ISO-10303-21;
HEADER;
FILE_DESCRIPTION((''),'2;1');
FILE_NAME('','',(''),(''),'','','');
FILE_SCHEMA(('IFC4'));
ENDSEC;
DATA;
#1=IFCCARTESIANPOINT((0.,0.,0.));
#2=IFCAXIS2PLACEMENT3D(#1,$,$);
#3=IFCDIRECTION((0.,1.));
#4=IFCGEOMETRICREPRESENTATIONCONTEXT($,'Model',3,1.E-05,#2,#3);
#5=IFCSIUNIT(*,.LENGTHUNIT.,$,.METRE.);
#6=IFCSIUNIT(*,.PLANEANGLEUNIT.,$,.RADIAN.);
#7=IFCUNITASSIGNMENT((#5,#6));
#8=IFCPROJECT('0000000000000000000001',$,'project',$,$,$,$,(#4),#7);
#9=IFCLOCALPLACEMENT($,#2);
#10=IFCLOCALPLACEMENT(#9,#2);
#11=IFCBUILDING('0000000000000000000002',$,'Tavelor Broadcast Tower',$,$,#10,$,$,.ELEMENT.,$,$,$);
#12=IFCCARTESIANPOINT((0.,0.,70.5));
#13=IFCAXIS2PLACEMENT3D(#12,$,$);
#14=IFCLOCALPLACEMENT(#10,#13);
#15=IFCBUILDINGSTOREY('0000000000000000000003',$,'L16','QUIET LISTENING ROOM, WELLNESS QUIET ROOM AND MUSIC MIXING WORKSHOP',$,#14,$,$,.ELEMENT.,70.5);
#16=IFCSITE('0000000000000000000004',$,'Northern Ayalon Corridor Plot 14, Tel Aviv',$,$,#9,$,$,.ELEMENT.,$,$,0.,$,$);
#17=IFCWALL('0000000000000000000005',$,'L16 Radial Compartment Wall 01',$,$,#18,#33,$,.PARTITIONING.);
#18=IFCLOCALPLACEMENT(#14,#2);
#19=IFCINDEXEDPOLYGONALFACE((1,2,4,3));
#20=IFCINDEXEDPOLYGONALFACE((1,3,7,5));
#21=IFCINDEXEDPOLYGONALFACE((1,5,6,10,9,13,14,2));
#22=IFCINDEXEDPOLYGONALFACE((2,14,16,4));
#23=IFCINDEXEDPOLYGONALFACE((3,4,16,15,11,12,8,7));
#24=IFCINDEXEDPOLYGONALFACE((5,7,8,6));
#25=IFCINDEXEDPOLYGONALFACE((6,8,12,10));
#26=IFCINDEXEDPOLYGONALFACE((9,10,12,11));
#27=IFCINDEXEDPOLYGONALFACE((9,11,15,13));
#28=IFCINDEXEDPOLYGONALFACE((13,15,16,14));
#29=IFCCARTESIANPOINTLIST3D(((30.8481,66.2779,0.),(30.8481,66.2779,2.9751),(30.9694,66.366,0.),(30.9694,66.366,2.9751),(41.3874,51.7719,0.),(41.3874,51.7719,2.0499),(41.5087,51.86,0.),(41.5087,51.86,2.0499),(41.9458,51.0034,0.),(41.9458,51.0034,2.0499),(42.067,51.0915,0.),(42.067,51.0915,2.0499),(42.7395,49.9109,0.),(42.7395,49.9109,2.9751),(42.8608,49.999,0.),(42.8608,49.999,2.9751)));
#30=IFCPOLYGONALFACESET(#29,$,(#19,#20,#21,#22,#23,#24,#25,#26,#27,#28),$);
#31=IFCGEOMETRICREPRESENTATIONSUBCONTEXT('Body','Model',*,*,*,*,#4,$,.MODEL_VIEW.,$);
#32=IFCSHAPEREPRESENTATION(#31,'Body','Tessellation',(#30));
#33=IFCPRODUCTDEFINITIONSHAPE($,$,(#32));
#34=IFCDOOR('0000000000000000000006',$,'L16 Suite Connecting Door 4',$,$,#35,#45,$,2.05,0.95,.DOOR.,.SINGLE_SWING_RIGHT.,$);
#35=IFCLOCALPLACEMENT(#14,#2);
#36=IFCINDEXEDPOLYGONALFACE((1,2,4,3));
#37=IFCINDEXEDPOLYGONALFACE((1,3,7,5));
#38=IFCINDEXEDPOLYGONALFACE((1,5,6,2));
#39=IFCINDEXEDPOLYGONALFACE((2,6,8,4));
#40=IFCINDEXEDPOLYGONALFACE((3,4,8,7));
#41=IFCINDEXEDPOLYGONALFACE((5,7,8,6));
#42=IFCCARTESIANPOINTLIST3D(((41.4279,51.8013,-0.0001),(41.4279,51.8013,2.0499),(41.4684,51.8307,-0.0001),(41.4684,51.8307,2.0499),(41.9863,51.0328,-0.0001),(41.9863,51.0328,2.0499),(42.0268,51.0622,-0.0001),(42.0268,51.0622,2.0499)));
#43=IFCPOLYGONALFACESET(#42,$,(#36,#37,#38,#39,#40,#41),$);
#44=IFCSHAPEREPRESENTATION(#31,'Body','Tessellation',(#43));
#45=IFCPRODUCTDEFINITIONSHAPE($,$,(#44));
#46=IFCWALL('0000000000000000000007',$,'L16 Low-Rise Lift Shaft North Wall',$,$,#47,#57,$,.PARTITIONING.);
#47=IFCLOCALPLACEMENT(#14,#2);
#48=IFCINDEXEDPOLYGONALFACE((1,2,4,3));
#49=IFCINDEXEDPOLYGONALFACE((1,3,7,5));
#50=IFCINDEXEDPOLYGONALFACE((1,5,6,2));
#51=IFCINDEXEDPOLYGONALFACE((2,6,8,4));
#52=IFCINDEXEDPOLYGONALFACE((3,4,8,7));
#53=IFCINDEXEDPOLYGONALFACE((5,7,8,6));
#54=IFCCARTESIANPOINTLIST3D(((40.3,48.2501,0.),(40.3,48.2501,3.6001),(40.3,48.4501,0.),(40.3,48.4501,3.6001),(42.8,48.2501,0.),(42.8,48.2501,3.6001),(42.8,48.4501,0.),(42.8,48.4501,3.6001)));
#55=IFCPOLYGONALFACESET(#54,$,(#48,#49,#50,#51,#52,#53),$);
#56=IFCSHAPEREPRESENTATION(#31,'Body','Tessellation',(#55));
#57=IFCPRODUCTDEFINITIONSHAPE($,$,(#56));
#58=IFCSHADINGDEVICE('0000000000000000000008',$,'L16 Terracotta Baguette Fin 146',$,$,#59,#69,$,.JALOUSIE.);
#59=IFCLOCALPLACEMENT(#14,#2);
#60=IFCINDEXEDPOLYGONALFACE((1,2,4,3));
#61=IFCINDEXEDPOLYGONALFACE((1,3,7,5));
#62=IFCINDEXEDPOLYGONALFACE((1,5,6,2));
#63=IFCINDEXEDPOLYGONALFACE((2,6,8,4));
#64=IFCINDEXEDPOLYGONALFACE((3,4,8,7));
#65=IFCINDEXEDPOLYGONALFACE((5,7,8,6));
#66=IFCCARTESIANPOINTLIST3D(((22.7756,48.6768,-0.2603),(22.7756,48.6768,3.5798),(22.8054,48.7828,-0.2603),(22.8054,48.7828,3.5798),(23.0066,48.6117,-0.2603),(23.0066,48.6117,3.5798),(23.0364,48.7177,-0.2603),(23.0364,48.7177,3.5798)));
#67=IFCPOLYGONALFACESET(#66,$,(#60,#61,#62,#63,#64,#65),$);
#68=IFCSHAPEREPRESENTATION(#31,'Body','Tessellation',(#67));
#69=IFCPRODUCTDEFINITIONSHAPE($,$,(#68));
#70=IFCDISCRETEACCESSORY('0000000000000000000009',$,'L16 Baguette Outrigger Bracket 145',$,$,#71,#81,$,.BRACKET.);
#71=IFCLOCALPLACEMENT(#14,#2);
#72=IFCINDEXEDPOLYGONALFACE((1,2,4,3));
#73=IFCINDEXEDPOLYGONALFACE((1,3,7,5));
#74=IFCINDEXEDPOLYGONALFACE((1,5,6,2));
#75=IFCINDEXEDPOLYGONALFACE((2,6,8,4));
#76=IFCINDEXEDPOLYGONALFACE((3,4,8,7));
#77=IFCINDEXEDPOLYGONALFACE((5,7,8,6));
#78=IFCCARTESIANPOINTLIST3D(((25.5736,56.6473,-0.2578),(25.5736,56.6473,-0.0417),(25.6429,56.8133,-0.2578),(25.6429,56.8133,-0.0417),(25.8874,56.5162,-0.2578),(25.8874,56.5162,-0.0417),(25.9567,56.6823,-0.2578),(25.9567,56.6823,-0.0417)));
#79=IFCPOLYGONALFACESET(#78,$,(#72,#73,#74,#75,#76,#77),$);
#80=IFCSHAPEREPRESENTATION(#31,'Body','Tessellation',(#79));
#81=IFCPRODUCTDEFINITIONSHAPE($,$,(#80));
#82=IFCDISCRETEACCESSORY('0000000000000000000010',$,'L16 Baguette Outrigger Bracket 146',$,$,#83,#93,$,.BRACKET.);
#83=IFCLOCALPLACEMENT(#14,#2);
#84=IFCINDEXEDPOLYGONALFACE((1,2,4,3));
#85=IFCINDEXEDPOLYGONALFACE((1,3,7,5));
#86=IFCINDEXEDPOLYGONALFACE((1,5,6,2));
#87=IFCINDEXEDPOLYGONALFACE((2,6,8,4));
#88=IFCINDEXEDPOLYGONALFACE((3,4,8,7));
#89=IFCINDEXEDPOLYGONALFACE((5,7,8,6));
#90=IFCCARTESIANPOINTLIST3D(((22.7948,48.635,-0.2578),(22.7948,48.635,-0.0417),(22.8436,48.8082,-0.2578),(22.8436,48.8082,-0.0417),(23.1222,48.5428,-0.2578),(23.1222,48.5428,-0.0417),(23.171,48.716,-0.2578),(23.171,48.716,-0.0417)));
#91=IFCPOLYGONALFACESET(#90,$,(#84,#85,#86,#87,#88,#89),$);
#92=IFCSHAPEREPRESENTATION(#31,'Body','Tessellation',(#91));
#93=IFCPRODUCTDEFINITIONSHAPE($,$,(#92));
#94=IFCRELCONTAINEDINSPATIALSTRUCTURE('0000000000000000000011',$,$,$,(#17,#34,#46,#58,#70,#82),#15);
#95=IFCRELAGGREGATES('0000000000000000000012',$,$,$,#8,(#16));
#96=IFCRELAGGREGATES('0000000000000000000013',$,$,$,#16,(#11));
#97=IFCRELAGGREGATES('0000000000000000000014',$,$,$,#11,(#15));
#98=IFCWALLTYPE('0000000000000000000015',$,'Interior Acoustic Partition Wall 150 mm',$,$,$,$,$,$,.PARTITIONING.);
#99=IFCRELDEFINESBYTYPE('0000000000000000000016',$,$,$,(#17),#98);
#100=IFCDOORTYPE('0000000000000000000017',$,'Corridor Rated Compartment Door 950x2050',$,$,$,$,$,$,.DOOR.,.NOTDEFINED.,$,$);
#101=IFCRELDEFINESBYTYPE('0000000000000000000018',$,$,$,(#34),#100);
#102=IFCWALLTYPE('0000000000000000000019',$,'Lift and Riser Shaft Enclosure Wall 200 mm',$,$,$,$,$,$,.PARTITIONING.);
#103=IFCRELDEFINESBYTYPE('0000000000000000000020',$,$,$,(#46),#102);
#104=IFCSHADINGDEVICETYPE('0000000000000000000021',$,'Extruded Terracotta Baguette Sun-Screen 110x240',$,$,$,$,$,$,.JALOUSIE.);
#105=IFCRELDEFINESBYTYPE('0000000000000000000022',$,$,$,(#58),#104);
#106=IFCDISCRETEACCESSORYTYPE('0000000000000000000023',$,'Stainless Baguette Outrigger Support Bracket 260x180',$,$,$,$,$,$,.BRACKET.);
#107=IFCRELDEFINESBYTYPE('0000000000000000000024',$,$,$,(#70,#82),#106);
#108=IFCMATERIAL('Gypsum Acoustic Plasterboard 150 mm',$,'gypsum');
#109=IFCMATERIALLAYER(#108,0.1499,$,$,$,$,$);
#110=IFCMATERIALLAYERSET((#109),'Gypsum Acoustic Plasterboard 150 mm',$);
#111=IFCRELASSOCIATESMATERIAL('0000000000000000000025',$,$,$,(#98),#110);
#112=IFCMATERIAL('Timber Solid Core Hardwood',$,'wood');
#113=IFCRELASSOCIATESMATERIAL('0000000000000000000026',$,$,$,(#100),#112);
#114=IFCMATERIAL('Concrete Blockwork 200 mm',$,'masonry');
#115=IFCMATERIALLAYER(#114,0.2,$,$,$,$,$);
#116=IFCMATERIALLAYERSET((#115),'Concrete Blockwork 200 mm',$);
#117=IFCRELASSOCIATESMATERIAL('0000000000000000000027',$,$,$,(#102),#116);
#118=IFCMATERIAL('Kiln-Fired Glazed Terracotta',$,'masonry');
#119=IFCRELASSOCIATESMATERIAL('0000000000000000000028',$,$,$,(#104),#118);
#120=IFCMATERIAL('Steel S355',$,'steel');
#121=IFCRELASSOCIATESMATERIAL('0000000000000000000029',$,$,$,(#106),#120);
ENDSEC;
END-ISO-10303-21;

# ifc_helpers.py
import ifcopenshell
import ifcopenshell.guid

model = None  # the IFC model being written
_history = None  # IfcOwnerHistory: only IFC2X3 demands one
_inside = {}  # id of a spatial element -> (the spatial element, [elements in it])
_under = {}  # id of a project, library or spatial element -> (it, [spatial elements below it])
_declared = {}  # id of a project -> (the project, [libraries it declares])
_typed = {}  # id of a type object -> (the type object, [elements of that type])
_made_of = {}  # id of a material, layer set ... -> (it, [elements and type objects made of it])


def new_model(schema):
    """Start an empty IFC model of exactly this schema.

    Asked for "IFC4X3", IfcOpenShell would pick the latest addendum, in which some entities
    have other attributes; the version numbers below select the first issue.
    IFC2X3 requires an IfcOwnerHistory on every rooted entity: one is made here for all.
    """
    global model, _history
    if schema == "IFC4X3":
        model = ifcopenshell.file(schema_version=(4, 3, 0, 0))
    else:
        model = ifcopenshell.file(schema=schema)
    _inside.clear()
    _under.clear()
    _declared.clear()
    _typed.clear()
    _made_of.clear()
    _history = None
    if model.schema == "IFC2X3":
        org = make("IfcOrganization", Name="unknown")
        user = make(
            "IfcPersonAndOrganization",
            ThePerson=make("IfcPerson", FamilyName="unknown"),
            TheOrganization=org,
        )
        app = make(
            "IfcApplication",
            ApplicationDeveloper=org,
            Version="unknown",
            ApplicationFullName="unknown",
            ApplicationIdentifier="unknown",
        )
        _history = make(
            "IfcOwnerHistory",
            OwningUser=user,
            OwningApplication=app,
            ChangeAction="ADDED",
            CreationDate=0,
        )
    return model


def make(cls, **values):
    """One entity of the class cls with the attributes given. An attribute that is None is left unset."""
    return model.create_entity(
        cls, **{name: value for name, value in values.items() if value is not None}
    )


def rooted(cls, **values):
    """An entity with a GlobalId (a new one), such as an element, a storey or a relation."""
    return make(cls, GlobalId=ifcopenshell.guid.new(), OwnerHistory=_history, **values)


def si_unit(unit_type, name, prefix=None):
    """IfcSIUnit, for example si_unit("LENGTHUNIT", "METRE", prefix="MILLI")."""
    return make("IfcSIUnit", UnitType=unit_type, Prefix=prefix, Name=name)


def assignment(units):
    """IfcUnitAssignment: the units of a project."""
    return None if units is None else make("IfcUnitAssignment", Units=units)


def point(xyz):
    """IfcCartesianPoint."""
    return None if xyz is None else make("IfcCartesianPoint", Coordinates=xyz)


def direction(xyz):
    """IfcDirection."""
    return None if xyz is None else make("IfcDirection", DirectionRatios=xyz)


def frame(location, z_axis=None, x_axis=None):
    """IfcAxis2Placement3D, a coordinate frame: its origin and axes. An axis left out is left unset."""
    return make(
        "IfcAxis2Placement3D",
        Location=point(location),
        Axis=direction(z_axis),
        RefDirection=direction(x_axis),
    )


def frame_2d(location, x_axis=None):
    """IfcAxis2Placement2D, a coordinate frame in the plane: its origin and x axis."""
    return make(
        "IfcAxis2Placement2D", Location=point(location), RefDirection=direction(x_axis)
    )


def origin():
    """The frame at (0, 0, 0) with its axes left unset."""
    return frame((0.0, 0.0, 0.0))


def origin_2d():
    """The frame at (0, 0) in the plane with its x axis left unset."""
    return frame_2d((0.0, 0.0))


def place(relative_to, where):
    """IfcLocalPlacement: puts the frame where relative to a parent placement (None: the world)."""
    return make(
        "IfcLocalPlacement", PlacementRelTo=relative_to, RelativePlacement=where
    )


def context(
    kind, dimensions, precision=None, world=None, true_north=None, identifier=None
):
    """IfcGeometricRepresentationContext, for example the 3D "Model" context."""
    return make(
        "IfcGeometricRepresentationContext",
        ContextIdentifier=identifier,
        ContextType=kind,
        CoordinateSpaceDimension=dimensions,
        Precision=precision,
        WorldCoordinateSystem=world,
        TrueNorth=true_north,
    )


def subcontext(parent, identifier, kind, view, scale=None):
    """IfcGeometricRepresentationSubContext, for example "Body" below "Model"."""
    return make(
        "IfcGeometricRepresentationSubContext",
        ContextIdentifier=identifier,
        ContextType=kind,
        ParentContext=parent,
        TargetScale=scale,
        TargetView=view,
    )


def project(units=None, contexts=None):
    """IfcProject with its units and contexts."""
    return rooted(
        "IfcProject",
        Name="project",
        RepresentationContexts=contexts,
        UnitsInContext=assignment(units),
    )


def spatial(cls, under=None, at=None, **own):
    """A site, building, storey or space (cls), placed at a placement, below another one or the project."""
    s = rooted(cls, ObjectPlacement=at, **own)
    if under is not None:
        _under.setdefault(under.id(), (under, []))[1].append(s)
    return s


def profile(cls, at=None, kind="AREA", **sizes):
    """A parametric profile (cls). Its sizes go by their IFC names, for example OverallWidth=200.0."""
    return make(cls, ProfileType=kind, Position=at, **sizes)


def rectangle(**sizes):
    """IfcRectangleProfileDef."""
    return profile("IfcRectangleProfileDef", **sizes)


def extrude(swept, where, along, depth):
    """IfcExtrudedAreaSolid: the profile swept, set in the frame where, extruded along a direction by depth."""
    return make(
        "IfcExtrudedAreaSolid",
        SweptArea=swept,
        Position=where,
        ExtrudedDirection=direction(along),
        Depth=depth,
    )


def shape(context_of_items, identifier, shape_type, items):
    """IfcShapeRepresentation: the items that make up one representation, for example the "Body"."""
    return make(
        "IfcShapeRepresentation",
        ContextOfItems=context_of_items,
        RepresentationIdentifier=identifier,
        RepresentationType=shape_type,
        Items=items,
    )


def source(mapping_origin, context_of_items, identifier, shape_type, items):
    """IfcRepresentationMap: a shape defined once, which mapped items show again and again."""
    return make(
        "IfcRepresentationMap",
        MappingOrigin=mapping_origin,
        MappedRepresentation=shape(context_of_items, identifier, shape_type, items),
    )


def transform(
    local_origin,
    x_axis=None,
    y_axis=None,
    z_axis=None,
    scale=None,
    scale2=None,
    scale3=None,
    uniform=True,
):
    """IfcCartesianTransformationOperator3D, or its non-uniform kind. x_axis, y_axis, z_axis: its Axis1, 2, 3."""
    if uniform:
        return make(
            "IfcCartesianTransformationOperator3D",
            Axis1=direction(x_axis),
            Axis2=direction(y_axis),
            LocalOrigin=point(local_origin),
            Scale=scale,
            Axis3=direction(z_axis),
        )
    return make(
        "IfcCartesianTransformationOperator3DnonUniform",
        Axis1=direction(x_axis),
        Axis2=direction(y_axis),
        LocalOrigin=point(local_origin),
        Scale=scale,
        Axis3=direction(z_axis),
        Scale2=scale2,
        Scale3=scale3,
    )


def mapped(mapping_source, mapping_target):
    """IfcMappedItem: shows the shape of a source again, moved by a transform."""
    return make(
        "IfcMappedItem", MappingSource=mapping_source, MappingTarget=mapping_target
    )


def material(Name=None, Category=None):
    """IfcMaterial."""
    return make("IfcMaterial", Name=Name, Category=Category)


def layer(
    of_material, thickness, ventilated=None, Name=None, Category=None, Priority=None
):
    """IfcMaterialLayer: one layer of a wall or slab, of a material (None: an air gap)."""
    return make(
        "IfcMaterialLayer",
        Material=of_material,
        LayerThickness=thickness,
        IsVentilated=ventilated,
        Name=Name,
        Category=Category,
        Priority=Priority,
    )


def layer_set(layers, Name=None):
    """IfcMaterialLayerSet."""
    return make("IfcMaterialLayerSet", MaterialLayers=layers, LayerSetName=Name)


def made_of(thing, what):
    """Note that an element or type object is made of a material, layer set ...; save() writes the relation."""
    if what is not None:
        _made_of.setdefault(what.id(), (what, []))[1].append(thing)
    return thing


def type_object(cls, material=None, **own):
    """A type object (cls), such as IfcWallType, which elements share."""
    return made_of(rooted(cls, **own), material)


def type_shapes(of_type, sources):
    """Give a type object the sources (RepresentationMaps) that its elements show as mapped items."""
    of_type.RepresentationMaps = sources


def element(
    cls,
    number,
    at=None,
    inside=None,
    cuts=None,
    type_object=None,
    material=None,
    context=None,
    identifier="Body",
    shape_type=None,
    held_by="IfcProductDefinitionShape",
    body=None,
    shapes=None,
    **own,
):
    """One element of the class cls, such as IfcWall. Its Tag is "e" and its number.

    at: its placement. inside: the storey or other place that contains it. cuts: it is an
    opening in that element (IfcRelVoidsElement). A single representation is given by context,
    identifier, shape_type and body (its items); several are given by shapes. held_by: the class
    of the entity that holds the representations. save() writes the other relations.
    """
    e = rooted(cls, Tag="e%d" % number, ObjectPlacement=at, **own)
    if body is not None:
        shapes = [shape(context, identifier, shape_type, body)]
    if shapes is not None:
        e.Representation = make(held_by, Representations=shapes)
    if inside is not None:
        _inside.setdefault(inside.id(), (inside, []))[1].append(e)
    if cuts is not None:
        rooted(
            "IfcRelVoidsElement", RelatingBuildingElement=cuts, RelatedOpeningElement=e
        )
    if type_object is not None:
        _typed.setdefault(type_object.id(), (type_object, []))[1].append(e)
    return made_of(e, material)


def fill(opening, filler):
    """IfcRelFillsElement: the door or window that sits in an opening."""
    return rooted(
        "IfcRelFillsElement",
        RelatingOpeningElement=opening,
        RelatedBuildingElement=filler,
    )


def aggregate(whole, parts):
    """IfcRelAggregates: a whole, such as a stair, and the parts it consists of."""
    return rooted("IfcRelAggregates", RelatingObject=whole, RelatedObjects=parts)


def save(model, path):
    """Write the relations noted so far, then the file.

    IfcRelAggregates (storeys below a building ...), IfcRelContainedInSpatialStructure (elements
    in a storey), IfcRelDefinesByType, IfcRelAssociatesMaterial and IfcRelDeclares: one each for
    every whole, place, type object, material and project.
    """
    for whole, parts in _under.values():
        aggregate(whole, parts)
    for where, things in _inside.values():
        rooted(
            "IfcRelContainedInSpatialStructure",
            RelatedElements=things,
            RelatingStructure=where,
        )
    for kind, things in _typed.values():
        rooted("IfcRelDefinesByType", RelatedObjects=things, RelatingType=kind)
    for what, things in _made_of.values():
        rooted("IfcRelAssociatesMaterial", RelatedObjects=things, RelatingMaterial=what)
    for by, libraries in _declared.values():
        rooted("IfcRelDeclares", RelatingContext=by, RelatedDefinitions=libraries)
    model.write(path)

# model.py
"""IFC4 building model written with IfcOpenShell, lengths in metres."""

from ifc_helpers import new_model, si_unit, direction, frame, frame_2d, origin, origin_2d, place, context, subcontext, project, spatial, rectangle, extrude, source, transform, mapped, material, layer, layer_set, type_object, type_shapes, element, fill, save


model = new_model("IFC4")

# Units and contexts
model_context = context("Model", 3, precision=1e-05, world=origin(), true_north=direction((0.0, 1.0)))
body_context = subcontext(model_context, "Body", "Model", "MODEL_VIEW")
ifc_project = project(units=[si_unit("LENGTHUNIT", "METRE"), si_unit("PLANEANGLEUNIT", "RADIAN")], contexts=[model_context])

# Site, building, storey
site_placement = place(None, origin())
site = spatial("IfcSite", under=ifc_project, at=site_placement, Name="Northern Ayalon Corridor Plot 14, Tel Aviv", CompositionType="ELEMENT", RefElevation=0.0)
building_placement = place(site_placement, origin())
building = spatial("IfcBuilding", under=site, at=building_placement, Name="Tavelor Broadcast Tower", CompositionType="ELEMENT")
storey_placement = place(building_placement, frame((0.0, 0.0, 70.5)))
storey = spatial("IfcBuildingStorey", under=building, at=storey_placement, Name="L16", Description="QUIET LISTENING ROOM, WELLNESS QUIET ROOM AND MUSIC MIXING WORKSHOP", CompositionType="ELEMENT", Elevation=70.5)

# Shared definitions
ifc_material_1 = material(Name="Steel S355", Category="steel")

# Wall, opening, door
ifc_material_2 = material(Name="Gypsum Acoustic Plasterboard 150 mm", Category="gypsum")
ifc_layer_1 = layer(ifc_material_2, 0.1499)
ifc_layer_set_1 = layer_set([ifc_layer_1], Name="Gypsum Acoustic Plasterboard 150 mm")
wall_type_1 = type_object("IfcWallType", Name="Interior Acoustic Partition Wall 150 mm", PredefinedType="PARTITIONING", material=ifc_layer_set_1)
wall_1_placement = place(storey_placement, frame((42.8, 49.9551, 0.0), z_axis=(0.0, 0.0, 1.0), x_axis=(-0.587788, 0.809015, 0.0)))
wall_1 = element("IfcWall", 1, at=wall_1_placement, inside=storey, type_object=wall_type_1, Name="L16 Radial Compartment Wall 01", PredefinedType="PARTITIONING", context=body_context, shape_type="SweptSolid", body=[
    extrude(rectangle(XDim=20.2307, YDim=0.1499, at=frame_2d((10.1152, 0.0))), origin(), (0.0, 0.0, 1.0), 2.9751),
])
opening_1_placement = place(wall_1_placement, frame((1.3501, 0.0, 0.0)))
opening_1 = element("IfcOpeningElement", 2, at=opening_1_placement, cuts=wall_1, PredefinedType="OPENING", context=body_context, shape_type="SweptSolid", body=[
    extrude(rectangle(XDim=0.95, YDim=2.05, at=frame_2d((0.4751, 1.0249))), frame((0.0, 0.085, 0.0), z_axis=(0.0, -1.0, 0.0), x_axis=(1.0, 0.0, 0.0)), (0.0, 0.0, 1.0), 0.1699),
])
ifc_material_3 = material(Name="Timber Solid Core Hardwood", Category="wood")
door_type_1 = type_object("IfcDoorType", Name="Corridor Rated Compartment Door 950x2050", OperationType="NOTDEFINED", PredefinedType="DOOR", material=ifc_material_3)
door_1_placement = place(opening_1_placement, origin())
door_1 = element("IfcDoor", 3, at=door_1_placement, inside=storey, type_object=door_type_1, Name="L16 Suite Connecting Door 4", OperationType="SINGLE_SWING_RIGHT", OverallHeight=2.05, OverallWidth=0.95, PredefinedType="DOOR", context=body_context, shape_type="SweptSolid", body=[
    extrude(rectangle(XDim=0.95, YDim=2.05, at=frame_2d((0.4751, 1.0249))), frame((0.0, 0.0249, 0.0), z_axis=(0.0, -1.0, 0.0), x_axis=(1.0, 0.0, 0.0)), (0.0, 0.0, 1.0), 0.05),
])
fill(opening_1, door_1)

# Wall
ifc_material_4 = material(Name="Concrete Blockwork 200 mm", Category="masonry")
ifc_layer_2 = layer(ifc_material_4, 0.2)
ifc_layer_set_2 = layer_set([ifc_layer_2], Name="Concrete Blockwork 200 mm")
wall_type_2 = type_object("IfcWallType", Name="Lift and Riser Shaft Enclosure Wall 200 mm", PredefinedType="PARTITIONING", material=ifc_layer_set_2)
wall_2_placement = place(storey_placement, frame((40.3, 48.3501, 0.0), z_axis=(0.0, 0.0, 1.0), x_axis=(1.0, 0.0, 0.0)))
element("IfcWall", 4, at=wall_2_placement, inside=storey, type_object=wall_type_2, Name="L16 Low-Rise Lift Shaft North Wall", PredefinedType="PARTITIONING", context=body_context, shape_type="SweptSolid", body=[
    extrude(rectangle(XDim=2.5, YDim=0.2, at=frame_2d((1.25, 0.0))), origin(), (0.0, 0.0, 1.0), 3.6001),
])

# Shading device
ifc_material_5 = material(Name="Kiln-Fired Glazed Terracotta", Category="masonry")
shading_device_type = type_object("IfcShadingDeviceType", Name="Extruded Terracotta Baguette Sun-Screen 110x240", PredefinedType="JALOUSIE", material=ifc_material_5)
shared_shape_1 = source(origin(), body_context, "Body", "SweptSolid", [
    extrude(rectangle(XDim=0.1101, YDim=0.24, at=origin_2d()), origin(), (0.0, 0.0, 1.0), 3.8401),
])
type_shapes(shading_device_type, [shared_shape_1])
shading_device_placement = place(storey_placement, frame((22.906, 48.6973, -0.2603), z_axis=(0.0, 0.0, 1.0), x_axis=(-0.271104, -0.96255, 0.0)))
element("IfcShadingDevice", 5, at=shading_device_placement, inside=storey, type_object=shading_device_type, Name="L16 Terracotta Baguette Fin 146", PredefinedType="JALOUSIE", context=body_context, shape_type="MappedRepresentation", body=[
    mapped(shared_shape_1, transform((0.0, 0.0, 0.0), scale=1.0)),
])

# Discrete accessories
discrete_accessory_type = type_object("IfcDiscreteAccessoryType", Name="Stainless Baguette Outrigger Support Bracket 260x180", PredefinedType="BRACKET", material=ifc_material_1)
shared_shape_2 = source(origin(), body_context, "Body", "SweptSolid", [
    extrude(rectangle(XDim=0.1799, YDim=0.3401, at=origin_2d()), origin(), (0.0, 0.0, 1.0), 0.2161),
])
type_shapes(discrete_accessory_type, [shared_shape_2])
for number, where, z_axis, x_axis, name in (
    (6, (25.7651, 56.6648, -0.2578), (0.0, 0.0, 1.0), (-0.385423, -0.92274, 0.0), "L16 Baguette Outrigger Bracket 145"),
    (7, (22.9829, 48.6755, -0.2578), (0.0, 0.0, 1.0), (-0.271104, -0.96255, 0.0), "L16 Baguette Outrigger Bracket 146"),
):
    element("IfcDiscreteAccessory", number, at=place(storey_placement, frame(where, z_axis=z_axis, x_axis=x_axis)), inside=storey, type_object=discrete_accessory_type, Name=name, PredefinedType="BRACKET", context=body_context, shape_type="MappedRepresentation", body=[
        mapped(shared_shape_2, transform((0.0, 0.0, 0.0), scale=1.0)),
    ])

save(model, "model.ifc")
